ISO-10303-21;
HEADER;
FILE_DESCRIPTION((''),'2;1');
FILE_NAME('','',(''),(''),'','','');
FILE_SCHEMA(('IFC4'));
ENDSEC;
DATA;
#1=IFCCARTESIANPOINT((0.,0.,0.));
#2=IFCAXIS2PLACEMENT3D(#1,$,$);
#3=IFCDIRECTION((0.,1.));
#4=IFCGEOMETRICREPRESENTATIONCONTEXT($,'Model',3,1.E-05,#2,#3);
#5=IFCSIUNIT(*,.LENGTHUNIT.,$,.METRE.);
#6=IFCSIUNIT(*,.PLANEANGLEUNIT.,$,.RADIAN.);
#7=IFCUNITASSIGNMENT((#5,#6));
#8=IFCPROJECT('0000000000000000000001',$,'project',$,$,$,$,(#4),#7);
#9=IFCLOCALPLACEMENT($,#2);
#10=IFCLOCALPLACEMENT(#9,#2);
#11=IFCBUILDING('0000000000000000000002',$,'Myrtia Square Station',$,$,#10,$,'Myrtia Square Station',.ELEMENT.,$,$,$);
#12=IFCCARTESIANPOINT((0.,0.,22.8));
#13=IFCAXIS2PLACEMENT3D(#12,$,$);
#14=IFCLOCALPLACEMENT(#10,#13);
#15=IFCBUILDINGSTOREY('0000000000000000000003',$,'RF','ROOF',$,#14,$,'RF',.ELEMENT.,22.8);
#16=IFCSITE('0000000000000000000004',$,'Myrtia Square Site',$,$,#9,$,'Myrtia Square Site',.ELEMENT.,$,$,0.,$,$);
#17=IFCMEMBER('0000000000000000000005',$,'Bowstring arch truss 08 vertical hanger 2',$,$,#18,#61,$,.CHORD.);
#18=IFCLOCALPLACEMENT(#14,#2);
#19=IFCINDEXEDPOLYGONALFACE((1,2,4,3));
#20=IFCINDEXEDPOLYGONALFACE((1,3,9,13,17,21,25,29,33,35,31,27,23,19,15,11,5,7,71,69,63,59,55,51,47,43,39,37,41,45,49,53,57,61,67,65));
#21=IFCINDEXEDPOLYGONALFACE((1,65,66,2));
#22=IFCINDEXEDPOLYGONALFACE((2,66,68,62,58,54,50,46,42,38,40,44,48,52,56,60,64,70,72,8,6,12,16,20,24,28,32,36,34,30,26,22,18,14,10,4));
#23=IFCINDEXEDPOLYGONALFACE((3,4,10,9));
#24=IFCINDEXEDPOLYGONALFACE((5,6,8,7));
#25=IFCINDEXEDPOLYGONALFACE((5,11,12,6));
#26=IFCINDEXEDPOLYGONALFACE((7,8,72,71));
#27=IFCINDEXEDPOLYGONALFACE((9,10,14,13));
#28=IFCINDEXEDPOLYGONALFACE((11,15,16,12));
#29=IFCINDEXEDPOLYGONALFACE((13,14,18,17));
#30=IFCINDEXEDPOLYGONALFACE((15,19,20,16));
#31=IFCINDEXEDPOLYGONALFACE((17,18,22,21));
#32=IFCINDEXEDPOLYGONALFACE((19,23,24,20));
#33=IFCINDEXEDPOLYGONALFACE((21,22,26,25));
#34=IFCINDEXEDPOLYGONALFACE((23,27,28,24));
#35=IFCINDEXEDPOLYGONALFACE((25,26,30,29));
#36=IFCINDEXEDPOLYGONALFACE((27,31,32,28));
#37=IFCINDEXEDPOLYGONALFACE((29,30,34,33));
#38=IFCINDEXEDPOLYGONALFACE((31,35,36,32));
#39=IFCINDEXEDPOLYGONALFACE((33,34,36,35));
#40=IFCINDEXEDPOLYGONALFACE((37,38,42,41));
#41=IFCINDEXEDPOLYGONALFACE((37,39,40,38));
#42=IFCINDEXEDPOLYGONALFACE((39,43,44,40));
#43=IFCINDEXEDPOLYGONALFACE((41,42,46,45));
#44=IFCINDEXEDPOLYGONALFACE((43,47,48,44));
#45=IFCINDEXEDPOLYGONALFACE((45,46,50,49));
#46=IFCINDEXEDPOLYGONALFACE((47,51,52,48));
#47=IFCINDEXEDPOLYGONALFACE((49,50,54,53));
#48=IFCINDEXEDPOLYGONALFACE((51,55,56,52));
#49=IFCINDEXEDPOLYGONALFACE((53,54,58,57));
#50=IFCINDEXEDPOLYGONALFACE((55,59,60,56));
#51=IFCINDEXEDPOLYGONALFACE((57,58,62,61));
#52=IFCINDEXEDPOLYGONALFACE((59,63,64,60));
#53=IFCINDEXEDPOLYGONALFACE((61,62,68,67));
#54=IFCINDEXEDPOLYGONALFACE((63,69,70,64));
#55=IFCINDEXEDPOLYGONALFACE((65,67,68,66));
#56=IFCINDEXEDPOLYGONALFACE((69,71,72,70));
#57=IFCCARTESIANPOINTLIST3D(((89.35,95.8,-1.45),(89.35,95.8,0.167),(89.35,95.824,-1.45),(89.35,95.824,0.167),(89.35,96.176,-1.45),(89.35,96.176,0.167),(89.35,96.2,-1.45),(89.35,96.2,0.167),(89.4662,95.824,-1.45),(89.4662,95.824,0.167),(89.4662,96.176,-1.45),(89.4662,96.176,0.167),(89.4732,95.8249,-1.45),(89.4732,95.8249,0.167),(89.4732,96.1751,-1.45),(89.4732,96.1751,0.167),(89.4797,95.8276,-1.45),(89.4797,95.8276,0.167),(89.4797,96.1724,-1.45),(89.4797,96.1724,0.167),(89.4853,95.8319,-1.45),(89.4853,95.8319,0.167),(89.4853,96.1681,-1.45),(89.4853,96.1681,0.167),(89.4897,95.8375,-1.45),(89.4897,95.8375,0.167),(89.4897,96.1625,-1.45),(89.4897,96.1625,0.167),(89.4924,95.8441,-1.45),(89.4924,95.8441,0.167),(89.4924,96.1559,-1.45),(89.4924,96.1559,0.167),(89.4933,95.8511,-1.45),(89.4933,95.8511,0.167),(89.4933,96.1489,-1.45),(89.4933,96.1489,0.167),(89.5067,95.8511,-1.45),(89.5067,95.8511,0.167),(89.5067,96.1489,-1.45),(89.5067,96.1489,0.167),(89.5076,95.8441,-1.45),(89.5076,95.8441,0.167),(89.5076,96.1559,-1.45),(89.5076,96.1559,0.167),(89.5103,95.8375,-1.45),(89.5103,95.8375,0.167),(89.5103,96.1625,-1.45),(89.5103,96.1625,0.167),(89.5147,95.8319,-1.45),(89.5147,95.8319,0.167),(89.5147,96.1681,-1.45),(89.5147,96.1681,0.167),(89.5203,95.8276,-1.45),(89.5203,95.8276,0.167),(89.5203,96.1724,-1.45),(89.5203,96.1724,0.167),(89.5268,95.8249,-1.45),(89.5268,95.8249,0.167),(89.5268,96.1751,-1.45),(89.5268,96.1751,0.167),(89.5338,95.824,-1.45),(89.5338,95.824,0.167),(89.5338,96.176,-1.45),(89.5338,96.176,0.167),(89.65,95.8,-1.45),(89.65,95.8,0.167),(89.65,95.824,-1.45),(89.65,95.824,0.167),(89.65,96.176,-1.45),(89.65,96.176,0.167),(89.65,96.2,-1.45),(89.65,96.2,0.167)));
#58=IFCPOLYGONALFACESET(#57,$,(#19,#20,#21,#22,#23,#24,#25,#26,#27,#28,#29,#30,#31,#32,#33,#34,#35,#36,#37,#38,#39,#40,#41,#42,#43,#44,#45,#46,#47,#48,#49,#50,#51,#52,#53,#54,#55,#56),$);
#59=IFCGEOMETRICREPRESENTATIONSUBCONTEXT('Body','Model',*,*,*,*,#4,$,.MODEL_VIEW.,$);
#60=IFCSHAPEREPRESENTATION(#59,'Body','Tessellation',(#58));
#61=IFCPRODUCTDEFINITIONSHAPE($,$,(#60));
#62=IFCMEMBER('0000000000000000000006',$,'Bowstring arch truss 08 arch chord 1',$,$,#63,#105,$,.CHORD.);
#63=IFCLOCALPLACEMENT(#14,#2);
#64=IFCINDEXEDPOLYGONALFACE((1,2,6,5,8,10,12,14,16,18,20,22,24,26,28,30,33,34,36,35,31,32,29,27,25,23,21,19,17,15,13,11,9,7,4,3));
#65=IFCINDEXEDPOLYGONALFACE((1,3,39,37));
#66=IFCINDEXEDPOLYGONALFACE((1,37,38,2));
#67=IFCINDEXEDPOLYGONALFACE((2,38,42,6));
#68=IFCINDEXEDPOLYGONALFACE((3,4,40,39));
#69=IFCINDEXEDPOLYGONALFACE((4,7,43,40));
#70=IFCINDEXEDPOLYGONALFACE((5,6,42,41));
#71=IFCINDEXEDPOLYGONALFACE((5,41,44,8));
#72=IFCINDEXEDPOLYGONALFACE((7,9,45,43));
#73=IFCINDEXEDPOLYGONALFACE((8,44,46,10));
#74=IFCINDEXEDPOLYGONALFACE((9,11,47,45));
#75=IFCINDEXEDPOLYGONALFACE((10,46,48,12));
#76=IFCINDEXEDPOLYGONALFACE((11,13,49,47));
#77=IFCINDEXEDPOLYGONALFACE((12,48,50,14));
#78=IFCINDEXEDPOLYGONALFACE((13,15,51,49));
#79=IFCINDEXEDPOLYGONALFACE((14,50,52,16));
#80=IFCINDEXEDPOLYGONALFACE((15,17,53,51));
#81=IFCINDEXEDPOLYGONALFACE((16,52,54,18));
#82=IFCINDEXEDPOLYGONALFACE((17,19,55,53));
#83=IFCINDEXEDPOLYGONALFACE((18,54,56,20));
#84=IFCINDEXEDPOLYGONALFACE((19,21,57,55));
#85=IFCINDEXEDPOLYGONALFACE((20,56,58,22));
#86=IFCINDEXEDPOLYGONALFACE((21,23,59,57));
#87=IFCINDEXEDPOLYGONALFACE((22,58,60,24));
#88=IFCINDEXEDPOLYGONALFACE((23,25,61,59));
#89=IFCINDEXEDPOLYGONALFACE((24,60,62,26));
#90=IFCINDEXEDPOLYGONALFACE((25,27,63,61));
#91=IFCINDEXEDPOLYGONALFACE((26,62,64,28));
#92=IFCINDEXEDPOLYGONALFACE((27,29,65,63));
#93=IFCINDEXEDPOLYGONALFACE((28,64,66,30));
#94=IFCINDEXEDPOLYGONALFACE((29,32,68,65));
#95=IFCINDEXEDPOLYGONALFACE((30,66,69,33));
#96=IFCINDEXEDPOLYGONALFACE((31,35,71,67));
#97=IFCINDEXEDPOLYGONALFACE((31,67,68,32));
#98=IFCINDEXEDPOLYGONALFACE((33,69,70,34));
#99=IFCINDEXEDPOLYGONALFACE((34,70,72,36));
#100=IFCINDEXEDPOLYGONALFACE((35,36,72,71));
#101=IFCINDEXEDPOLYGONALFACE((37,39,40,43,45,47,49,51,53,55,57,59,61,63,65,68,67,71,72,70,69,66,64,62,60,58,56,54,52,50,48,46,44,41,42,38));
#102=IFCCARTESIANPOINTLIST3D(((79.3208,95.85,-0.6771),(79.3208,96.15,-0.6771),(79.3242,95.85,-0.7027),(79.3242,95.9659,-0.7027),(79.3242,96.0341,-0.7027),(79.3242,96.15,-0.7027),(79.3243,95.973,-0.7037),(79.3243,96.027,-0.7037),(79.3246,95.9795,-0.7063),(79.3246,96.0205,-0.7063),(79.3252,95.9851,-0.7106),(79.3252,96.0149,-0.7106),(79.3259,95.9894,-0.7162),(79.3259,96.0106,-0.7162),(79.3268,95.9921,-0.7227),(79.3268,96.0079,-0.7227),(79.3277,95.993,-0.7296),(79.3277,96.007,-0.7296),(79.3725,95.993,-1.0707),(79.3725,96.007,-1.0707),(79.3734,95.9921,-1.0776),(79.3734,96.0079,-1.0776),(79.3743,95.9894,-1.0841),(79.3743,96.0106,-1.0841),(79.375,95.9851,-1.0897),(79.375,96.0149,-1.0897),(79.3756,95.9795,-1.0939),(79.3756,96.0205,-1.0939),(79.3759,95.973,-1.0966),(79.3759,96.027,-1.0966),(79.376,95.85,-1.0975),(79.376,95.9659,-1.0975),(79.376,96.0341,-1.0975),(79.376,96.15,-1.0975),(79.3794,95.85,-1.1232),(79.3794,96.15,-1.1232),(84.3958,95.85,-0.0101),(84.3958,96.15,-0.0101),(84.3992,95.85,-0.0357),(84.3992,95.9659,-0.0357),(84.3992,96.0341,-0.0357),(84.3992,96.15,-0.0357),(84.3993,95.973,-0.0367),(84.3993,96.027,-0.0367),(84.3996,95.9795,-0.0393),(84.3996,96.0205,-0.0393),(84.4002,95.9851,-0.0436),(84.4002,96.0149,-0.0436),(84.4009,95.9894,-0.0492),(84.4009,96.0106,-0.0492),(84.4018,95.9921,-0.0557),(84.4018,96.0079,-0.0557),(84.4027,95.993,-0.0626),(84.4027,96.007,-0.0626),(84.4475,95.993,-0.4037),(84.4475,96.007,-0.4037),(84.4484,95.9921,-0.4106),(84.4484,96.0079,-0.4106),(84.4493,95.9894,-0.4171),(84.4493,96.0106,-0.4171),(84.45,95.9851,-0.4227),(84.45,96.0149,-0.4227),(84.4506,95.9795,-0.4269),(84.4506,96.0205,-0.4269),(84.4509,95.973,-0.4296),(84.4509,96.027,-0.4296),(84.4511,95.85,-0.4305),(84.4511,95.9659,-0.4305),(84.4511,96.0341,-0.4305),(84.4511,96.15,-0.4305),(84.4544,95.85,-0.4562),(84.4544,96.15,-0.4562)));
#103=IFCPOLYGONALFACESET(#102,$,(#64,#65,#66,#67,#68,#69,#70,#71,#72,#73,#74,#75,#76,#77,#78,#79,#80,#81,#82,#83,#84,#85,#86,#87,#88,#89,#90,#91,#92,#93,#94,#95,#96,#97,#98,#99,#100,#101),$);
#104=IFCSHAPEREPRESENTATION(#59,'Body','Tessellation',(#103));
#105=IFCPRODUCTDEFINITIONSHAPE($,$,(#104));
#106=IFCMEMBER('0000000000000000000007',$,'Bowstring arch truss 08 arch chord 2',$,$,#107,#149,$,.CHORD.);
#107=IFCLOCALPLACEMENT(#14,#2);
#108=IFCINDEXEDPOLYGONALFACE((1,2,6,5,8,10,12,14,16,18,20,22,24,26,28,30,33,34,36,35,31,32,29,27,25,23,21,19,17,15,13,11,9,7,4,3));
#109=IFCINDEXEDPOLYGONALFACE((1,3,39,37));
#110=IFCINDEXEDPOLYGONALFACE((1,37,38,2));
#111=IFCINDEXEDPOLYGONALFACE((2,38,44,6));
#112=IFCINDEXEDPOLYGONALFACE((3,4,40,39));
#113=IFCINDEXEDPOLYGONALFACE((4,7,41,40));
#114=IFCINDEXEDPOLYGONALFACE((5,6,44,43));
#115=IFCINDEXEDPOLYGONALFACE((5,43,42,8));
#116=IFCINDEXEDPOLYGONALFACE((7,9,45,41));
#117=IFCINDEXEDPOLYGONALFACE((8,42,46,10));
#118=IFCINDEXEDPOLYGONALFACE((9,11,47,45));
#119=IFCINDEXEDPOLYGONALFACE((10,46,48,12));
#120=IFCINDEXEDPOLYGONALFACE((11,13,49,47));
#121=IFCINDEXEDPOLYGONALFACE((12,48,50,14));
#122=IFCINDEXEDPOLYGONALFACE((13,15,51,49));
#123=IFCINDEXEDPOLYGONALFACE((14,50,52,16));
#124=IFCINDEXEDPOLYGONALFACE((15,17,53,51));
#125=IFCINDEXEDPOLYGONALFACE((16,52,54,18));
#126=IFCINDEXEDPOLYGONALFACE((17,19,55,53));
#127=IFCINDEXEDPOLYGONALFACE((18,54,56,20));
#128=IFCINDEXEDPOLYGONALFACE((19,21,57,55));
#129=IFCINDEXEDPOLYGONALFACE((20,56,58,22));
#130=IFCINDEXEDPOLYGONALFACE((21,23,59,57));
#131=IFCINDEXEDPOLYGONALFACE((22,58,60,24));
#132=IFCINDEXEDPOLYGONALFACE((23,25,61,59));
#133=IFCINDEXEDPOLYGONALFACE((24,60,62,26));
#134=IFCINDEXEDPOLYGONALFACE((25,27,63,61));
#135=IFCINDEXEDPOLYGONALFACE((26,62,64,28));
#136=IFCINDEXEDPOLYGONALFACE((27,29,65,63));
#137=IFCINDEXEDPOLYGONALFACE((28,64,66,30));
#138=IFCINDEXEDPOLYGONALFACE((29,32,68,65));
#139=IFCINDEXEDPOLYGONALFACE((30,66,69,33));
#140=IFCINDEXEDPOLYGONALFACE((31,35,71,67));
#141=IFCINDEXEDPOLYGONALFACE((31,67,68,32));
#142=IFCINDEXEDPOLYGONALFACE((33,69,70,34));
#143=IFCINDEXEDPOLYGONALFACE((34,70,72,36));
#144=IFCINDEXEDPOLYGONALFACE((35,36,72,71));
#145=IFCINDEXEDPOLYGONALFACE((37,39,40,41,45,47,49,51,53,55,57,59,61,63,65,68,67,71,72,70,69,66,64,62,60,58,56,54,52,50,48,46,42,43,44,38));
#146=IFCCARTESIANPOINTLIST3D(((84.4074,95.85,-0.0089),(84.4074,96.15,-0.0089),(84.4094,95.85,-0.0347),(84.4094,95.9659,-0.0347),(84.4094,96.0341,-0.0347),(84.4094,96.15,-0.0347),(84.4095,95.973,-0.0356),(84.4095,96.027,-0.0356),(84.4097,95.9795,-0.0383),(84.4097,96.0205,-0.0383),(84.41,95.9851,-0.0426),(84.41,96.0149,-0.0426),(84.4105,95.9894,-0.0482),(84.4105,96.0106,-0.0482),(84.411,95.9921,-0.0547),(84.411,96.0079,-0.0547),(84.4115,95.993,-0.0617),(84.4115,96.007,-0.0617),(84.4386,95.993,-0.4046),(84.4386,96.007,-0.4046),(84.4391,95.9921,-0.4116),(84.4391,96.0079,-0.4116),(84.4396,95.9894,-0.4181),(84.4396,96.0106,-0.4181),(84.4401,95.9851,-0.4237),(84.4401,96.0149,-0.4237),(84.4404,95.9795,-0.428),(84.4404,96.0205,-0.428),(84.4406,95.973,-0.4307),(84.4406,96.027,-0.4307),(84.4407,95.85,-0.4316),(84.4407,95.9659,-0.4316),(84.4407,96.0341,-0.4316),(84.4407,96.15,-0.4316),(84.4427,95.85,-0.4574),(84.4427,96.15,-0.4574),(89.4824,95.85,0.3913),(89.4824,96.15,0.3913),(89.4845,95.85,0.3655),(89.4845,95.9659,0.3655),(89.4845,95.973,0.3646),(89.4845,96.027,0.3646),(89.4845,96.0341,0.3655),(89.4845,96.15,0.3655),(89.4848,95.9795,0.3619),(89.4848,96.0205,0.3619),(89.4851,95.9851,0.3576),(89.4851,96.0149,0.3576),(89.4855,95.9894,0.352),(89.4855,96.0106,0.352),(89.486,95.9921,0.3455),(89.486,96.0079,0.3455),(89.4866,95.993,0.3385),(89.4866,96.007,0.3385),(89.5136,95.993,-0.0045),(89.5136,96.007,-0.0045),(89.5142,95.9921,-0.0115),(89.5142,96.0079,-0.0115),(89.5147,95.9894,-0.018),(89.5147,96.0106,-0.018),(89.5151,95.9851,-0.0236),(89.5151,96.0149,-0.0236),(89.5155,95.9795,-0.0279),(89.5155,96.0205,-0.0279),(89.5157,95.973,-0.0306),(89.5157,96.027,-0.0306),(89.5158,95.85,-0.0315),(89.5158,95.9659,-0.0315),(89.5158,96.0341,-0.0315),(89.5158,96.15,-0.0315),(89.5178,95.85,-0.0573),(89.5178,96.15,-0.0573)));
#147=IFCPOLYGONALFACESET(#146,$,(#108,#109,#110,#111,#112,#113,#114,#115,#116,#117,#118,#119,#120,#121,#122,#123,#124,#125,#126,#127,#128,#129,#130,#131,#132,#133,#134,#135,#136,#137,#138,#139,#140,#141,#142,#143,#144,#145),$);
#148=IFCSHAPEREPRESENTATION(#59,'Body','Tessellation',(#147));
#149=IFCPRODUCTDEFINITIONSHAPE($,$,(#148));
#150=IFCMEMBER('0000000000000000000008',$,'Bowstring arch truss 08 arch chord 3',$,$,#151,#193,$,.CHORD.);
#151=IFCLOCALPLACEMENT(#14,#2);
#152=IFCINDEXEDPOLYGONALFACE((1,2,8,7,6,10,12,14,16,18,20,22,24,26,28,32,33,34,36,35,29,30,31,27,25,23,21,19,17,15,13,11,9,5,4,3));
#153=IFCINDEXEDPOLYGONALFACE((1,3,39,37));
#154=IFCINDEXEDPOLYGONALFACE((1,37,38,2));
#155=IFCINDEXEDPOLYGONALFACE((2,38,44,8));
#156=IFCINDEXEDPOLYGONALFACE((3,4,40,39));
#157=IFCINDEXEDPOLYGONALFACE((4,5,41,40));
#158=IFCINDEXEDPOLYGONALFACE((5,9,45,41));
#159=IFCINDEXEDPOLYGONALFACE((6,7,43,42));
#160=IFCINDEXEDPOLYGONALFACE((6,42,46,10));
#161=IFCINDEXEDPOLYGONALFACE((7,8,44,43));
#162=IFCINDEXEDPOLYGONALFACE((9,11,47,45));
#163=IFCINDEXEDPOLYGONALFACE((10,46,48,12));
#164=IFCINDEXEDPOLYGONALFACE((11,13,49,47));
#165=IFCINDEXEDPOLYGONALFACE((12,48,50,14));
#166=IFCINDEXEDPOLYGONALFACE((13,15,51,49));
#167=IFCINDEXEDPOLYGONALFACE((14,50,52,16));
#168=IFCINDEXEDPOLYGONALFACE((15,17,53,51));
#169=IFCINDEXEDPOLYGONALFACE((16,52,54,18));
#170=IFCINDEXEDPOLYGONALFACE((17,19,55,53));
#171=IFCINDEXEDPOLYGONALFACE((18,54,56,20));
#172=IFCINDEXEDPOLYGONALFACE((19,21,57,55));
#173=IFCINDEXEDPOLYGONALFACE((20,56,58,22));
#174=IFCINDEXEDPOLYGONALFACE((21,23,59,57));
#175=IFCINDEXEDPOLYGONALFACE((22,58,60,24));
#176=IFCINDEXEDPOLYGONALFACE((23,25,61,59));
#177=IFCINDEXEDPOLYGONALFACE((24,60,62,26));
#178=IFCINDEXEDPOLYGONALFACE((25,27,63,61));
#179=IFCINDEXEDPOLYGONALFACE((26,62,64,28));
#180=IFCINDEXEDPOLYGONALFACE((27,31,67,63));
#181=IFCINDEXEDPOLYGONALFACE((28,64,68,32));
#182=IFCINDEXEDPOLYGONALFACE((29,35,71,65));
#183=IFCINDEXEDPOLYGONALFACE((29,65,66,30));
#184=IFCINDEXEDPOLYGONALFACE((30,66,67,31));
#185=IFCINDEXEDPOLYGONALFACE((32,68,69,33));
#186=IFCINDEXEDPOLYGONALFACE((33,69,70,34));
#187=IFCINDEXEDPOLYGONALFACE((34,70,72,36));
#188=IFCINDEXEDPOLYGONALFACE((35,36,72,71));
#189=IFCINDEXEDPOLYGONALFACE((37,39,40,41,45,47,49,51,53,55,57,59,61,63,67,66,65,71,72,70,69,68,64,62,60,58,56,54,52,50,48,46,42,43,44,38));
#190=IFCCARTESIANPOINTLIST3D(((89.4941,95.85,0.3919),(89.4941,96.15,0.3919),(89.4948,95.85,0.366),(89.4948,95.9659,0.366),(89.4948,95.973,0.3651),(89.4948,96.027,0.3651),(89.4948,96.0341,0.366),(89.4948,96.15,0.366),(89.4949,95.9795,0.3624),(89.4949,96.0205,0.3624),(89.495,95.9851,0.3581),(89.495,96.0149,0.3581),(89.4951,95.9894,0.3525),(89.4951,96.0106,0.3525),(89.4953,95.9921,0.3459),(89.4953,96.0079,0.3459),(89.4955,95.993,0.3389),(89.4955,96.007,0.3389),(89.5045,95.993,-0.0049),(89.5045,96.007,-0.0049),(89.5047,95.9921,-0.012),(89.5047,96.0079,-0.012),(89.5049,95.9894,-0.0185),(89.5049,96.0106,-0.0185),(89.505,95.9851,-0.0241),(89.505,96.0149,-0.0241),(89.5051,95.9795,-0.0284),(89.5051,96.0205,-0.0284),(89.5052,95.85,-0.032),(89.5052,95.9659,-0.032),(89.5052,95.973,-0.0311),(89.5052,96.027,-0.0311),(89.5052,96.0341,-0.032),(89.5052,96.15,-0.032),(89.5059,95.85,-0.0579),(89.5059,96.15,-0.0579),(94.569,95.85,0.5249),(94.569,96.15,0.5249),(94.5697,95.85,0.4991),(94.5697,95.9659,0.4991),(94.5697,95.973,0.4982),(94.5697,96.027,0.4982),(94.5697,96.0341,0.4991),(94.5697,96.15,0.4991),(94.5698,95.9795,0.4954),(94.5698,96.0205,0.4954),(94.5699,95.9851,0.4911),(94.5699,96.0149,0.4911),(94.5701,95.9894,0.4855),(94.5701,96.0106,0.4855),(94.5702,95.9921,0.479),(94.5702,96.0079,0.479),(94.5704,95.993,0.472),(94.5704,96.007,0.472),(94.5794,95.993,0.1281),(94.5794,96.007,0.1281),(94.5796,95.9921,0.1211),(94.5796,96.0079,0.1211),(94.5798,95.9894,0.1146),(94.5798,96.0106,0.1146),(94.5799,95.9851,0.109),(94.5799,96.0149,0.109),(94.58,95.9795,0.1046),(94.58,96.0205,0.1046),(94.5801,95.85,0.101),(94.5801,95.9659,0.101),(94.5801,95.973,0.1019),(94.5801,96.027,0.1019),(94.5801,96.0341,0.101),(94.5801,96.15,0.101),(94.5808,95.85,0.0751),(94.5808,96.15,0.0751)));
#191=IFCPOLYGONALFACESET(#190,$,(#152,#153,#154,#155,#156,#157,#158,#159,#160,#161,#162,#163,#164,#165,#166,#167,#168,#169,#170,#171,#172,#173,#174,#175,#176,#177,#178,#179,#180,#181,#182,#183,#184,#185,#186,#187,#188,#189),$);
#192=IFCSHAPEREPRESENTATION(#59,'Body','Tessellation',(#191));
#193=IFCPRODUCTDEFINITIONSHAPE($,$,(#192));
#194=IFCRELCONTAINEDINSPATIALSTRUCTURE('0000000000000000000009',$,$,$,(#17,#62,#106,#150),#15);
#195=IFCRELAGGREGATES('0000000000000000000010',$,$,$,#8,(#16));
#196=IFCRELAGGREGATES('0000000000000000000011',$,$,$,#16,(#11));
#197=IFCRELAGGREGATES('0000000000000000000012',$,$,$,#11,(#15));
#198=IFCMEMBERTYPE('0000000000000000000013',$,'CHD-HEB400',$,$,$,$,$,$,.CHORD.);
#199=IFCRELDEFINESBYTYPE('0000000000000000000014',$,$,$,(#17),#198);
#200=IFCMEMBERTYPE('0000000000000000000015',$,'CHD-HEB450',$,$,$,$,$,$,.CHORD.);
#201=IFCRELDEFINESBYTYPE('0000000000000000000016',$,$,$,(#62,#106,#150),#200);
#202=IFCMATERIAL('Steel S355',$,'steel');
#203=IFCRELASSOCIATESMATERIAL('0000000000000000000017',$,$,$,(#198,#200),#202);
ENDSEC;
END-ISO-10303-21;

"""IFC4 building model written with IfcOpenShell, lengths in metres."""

from ifc_helpers import new_model, si_unit, direction, frame, origin, origin_2d, place, context, subcontext, project, spatial, i_section, extrude, material, material_profile, profile_set, type_object, element, save


model = new_model("IFC4")

# Units and contexts
model_context = context("Model", 3, precision=1e-05, world=origin(), true_north=direction((0.0, 1.0)))
body_context = subcontext(model_context, "Body", "Model", "MODEL_VIEW")
ifc_project = project(units=[si_unit("LENGTHUNIT", "METRE"), si_unit("PLANEANGLEUNIT", "RADIAN")], contexts=[model_context])

# Site, building, storey
site_placement = place(None, origin())
site = spatial("IfcSite", under=ifc_project, at=site_placement, Name="Myrtia Square Site", LongName="Myrtia Square Site", CompositionType="ELEMENT", RefElevation=0.0)
building_placement = place(site_placement, origin())
building = spatial("IfcBuilding", under=site, at=building_placement, Name="Myrtia Square Station", LongName="Myrtia Square Station", CompositionType="ELEMENT")
storey_placement = place(building_placement, frame((0.0, 0.0, 22.8)))
storey = spatial("IfcBuildingStorey", under=building, at=storey_placement, Name="RF", Description="ROOF", LongName="RF", CompositionType="ELEMENT", Elevation=22.8)

# Members
ifc_material_1 = material(Name="Steel S355", Category="steel")
ifc_material_profile_1 = material_profile(ifc_material_1, i_section(OverallWidth=0.3, OverallDepth=0.3999, WebThickness=0.0134, FlangeThickness=0.0239, FilletRadius=0.0271, at=origin_2d()), Name="HEB 400")
ifc_profile_set_1 = profile_set([ifc_material_profile_1], Name="Steel S355")
member_type_1 = type_object("IfcMemberType", Name="CHD-HEB400", PredefinedType="CHORD", material=ifc_profile_set_1)
member_1_placement = place(storey_placement, frame((89.5, 96.0, -1.45), z_axis=(0.0, 0.0, 1.0), x_axis=(1.0, 0.0, 0.0)))
element("IfcMember", 1, at=member_1_placement, inside=storey, type_object=member_type_1, Name="Bowstring arch truss 08 vertical hanger 2", PredefinedType="CHORD", context=body_context, shape_type="SweptSolid", body=[
    extrude(i_section(OverallWidth=0.3, OverallDepth=0.3999, WebThickness=0.0134, FlangeThickness=0.0239, FilletRadius=0.0271, at=origin_2d()), origin(), (0.0, 0.0, 1.0), 1.6169),
])
ifc_material_profile_2 = material_profile(ifc_material_1, i_section(OverallWidth=0.3, OverallDepth=0.45, WebThickness=0.0139, FlangeThickness=0.0259, FilletRadius=0.0271, at=origin_2d()), Name="HEB 450")
ifc_profile_set_2 = profile_set([ifc_material_profile_2], Name="Steel S355")
member_type_2 = type_object("IfcMemberType", Name="CHD-HEB450", PredefinedType="CHORD", material=ifc_profile_set_2)
member_2_placement = place(storey_placement, frame((79.3501, 96.0, -0.9001), z_axis=(0.991474, 0.0, 0.130308), x_axis=(0.0, 1.0, 0.0)))
element("IfcMember", 2, at=member_2_placement, inside=storey, type_object=member_type_2, Name="Bowstring arch truss 08 arch chord 1", PredefinedType="CHORD", context=body_context, shape_type="SweptSolid", body=[
    extrude(i_section(OverallWidth=0.3, OverallDepth=0.45, WebThickness=0.0139, FlangeThickness=0.0259, FilletRadius=0.0271, at=origin_2d()), origin(), (0.0, 0.0, 1.0), 5.1187),
])
member_3_placement = place(storey_placement, frame((84.425, 96.0, -0.2332), z_axis=(0.996906, 0.0, 0.078603), x_axis=(0.0, 1.0, 0.0)))
element("IfcMember", 3, at=member_3_placement, inside=storey, type_object=member_type_2, Name="Bowstring arch truss 08 arch chord 2", PredefinedType="CHORD", context=body_context, shape_type="SweptSolid", body=[
    extrude(i_section(OverallWidth=0.3, OverallDepth=0.45, WebThickness=0.0139, FlangeThickness=0.0259, FilletRadius=0.0271, at=origin_2d()), origin(), (0.0, 0.0, 1.0), 5.0908),
])
member_4_placement = place(storey_placement, frame((89.5, 96.0, 0.167), z_axis=(0.999656, 0.0, 0.026209), x_axis=(0.0, 1.0, 0.0)))
element("IfcMember", 4, at=member_4_placement, inside=storey, type_object=member_type_2, Name="Bowstring arch truss 08 arch chord 3", PredefinedType="CHORD", context=body_context, shape_type="SweptSolid", body=[
    extrude(i_section(OverallWidth=0.3, OverallDepth=0.45, WebThickness=0.0139, FlangeThickness=0.0259, FilletRadius=0.0271, at=origin_2d()), origin(), (0.0, 0.0, 1.0), 5.0767),
])

save(model, "model.ifc")
